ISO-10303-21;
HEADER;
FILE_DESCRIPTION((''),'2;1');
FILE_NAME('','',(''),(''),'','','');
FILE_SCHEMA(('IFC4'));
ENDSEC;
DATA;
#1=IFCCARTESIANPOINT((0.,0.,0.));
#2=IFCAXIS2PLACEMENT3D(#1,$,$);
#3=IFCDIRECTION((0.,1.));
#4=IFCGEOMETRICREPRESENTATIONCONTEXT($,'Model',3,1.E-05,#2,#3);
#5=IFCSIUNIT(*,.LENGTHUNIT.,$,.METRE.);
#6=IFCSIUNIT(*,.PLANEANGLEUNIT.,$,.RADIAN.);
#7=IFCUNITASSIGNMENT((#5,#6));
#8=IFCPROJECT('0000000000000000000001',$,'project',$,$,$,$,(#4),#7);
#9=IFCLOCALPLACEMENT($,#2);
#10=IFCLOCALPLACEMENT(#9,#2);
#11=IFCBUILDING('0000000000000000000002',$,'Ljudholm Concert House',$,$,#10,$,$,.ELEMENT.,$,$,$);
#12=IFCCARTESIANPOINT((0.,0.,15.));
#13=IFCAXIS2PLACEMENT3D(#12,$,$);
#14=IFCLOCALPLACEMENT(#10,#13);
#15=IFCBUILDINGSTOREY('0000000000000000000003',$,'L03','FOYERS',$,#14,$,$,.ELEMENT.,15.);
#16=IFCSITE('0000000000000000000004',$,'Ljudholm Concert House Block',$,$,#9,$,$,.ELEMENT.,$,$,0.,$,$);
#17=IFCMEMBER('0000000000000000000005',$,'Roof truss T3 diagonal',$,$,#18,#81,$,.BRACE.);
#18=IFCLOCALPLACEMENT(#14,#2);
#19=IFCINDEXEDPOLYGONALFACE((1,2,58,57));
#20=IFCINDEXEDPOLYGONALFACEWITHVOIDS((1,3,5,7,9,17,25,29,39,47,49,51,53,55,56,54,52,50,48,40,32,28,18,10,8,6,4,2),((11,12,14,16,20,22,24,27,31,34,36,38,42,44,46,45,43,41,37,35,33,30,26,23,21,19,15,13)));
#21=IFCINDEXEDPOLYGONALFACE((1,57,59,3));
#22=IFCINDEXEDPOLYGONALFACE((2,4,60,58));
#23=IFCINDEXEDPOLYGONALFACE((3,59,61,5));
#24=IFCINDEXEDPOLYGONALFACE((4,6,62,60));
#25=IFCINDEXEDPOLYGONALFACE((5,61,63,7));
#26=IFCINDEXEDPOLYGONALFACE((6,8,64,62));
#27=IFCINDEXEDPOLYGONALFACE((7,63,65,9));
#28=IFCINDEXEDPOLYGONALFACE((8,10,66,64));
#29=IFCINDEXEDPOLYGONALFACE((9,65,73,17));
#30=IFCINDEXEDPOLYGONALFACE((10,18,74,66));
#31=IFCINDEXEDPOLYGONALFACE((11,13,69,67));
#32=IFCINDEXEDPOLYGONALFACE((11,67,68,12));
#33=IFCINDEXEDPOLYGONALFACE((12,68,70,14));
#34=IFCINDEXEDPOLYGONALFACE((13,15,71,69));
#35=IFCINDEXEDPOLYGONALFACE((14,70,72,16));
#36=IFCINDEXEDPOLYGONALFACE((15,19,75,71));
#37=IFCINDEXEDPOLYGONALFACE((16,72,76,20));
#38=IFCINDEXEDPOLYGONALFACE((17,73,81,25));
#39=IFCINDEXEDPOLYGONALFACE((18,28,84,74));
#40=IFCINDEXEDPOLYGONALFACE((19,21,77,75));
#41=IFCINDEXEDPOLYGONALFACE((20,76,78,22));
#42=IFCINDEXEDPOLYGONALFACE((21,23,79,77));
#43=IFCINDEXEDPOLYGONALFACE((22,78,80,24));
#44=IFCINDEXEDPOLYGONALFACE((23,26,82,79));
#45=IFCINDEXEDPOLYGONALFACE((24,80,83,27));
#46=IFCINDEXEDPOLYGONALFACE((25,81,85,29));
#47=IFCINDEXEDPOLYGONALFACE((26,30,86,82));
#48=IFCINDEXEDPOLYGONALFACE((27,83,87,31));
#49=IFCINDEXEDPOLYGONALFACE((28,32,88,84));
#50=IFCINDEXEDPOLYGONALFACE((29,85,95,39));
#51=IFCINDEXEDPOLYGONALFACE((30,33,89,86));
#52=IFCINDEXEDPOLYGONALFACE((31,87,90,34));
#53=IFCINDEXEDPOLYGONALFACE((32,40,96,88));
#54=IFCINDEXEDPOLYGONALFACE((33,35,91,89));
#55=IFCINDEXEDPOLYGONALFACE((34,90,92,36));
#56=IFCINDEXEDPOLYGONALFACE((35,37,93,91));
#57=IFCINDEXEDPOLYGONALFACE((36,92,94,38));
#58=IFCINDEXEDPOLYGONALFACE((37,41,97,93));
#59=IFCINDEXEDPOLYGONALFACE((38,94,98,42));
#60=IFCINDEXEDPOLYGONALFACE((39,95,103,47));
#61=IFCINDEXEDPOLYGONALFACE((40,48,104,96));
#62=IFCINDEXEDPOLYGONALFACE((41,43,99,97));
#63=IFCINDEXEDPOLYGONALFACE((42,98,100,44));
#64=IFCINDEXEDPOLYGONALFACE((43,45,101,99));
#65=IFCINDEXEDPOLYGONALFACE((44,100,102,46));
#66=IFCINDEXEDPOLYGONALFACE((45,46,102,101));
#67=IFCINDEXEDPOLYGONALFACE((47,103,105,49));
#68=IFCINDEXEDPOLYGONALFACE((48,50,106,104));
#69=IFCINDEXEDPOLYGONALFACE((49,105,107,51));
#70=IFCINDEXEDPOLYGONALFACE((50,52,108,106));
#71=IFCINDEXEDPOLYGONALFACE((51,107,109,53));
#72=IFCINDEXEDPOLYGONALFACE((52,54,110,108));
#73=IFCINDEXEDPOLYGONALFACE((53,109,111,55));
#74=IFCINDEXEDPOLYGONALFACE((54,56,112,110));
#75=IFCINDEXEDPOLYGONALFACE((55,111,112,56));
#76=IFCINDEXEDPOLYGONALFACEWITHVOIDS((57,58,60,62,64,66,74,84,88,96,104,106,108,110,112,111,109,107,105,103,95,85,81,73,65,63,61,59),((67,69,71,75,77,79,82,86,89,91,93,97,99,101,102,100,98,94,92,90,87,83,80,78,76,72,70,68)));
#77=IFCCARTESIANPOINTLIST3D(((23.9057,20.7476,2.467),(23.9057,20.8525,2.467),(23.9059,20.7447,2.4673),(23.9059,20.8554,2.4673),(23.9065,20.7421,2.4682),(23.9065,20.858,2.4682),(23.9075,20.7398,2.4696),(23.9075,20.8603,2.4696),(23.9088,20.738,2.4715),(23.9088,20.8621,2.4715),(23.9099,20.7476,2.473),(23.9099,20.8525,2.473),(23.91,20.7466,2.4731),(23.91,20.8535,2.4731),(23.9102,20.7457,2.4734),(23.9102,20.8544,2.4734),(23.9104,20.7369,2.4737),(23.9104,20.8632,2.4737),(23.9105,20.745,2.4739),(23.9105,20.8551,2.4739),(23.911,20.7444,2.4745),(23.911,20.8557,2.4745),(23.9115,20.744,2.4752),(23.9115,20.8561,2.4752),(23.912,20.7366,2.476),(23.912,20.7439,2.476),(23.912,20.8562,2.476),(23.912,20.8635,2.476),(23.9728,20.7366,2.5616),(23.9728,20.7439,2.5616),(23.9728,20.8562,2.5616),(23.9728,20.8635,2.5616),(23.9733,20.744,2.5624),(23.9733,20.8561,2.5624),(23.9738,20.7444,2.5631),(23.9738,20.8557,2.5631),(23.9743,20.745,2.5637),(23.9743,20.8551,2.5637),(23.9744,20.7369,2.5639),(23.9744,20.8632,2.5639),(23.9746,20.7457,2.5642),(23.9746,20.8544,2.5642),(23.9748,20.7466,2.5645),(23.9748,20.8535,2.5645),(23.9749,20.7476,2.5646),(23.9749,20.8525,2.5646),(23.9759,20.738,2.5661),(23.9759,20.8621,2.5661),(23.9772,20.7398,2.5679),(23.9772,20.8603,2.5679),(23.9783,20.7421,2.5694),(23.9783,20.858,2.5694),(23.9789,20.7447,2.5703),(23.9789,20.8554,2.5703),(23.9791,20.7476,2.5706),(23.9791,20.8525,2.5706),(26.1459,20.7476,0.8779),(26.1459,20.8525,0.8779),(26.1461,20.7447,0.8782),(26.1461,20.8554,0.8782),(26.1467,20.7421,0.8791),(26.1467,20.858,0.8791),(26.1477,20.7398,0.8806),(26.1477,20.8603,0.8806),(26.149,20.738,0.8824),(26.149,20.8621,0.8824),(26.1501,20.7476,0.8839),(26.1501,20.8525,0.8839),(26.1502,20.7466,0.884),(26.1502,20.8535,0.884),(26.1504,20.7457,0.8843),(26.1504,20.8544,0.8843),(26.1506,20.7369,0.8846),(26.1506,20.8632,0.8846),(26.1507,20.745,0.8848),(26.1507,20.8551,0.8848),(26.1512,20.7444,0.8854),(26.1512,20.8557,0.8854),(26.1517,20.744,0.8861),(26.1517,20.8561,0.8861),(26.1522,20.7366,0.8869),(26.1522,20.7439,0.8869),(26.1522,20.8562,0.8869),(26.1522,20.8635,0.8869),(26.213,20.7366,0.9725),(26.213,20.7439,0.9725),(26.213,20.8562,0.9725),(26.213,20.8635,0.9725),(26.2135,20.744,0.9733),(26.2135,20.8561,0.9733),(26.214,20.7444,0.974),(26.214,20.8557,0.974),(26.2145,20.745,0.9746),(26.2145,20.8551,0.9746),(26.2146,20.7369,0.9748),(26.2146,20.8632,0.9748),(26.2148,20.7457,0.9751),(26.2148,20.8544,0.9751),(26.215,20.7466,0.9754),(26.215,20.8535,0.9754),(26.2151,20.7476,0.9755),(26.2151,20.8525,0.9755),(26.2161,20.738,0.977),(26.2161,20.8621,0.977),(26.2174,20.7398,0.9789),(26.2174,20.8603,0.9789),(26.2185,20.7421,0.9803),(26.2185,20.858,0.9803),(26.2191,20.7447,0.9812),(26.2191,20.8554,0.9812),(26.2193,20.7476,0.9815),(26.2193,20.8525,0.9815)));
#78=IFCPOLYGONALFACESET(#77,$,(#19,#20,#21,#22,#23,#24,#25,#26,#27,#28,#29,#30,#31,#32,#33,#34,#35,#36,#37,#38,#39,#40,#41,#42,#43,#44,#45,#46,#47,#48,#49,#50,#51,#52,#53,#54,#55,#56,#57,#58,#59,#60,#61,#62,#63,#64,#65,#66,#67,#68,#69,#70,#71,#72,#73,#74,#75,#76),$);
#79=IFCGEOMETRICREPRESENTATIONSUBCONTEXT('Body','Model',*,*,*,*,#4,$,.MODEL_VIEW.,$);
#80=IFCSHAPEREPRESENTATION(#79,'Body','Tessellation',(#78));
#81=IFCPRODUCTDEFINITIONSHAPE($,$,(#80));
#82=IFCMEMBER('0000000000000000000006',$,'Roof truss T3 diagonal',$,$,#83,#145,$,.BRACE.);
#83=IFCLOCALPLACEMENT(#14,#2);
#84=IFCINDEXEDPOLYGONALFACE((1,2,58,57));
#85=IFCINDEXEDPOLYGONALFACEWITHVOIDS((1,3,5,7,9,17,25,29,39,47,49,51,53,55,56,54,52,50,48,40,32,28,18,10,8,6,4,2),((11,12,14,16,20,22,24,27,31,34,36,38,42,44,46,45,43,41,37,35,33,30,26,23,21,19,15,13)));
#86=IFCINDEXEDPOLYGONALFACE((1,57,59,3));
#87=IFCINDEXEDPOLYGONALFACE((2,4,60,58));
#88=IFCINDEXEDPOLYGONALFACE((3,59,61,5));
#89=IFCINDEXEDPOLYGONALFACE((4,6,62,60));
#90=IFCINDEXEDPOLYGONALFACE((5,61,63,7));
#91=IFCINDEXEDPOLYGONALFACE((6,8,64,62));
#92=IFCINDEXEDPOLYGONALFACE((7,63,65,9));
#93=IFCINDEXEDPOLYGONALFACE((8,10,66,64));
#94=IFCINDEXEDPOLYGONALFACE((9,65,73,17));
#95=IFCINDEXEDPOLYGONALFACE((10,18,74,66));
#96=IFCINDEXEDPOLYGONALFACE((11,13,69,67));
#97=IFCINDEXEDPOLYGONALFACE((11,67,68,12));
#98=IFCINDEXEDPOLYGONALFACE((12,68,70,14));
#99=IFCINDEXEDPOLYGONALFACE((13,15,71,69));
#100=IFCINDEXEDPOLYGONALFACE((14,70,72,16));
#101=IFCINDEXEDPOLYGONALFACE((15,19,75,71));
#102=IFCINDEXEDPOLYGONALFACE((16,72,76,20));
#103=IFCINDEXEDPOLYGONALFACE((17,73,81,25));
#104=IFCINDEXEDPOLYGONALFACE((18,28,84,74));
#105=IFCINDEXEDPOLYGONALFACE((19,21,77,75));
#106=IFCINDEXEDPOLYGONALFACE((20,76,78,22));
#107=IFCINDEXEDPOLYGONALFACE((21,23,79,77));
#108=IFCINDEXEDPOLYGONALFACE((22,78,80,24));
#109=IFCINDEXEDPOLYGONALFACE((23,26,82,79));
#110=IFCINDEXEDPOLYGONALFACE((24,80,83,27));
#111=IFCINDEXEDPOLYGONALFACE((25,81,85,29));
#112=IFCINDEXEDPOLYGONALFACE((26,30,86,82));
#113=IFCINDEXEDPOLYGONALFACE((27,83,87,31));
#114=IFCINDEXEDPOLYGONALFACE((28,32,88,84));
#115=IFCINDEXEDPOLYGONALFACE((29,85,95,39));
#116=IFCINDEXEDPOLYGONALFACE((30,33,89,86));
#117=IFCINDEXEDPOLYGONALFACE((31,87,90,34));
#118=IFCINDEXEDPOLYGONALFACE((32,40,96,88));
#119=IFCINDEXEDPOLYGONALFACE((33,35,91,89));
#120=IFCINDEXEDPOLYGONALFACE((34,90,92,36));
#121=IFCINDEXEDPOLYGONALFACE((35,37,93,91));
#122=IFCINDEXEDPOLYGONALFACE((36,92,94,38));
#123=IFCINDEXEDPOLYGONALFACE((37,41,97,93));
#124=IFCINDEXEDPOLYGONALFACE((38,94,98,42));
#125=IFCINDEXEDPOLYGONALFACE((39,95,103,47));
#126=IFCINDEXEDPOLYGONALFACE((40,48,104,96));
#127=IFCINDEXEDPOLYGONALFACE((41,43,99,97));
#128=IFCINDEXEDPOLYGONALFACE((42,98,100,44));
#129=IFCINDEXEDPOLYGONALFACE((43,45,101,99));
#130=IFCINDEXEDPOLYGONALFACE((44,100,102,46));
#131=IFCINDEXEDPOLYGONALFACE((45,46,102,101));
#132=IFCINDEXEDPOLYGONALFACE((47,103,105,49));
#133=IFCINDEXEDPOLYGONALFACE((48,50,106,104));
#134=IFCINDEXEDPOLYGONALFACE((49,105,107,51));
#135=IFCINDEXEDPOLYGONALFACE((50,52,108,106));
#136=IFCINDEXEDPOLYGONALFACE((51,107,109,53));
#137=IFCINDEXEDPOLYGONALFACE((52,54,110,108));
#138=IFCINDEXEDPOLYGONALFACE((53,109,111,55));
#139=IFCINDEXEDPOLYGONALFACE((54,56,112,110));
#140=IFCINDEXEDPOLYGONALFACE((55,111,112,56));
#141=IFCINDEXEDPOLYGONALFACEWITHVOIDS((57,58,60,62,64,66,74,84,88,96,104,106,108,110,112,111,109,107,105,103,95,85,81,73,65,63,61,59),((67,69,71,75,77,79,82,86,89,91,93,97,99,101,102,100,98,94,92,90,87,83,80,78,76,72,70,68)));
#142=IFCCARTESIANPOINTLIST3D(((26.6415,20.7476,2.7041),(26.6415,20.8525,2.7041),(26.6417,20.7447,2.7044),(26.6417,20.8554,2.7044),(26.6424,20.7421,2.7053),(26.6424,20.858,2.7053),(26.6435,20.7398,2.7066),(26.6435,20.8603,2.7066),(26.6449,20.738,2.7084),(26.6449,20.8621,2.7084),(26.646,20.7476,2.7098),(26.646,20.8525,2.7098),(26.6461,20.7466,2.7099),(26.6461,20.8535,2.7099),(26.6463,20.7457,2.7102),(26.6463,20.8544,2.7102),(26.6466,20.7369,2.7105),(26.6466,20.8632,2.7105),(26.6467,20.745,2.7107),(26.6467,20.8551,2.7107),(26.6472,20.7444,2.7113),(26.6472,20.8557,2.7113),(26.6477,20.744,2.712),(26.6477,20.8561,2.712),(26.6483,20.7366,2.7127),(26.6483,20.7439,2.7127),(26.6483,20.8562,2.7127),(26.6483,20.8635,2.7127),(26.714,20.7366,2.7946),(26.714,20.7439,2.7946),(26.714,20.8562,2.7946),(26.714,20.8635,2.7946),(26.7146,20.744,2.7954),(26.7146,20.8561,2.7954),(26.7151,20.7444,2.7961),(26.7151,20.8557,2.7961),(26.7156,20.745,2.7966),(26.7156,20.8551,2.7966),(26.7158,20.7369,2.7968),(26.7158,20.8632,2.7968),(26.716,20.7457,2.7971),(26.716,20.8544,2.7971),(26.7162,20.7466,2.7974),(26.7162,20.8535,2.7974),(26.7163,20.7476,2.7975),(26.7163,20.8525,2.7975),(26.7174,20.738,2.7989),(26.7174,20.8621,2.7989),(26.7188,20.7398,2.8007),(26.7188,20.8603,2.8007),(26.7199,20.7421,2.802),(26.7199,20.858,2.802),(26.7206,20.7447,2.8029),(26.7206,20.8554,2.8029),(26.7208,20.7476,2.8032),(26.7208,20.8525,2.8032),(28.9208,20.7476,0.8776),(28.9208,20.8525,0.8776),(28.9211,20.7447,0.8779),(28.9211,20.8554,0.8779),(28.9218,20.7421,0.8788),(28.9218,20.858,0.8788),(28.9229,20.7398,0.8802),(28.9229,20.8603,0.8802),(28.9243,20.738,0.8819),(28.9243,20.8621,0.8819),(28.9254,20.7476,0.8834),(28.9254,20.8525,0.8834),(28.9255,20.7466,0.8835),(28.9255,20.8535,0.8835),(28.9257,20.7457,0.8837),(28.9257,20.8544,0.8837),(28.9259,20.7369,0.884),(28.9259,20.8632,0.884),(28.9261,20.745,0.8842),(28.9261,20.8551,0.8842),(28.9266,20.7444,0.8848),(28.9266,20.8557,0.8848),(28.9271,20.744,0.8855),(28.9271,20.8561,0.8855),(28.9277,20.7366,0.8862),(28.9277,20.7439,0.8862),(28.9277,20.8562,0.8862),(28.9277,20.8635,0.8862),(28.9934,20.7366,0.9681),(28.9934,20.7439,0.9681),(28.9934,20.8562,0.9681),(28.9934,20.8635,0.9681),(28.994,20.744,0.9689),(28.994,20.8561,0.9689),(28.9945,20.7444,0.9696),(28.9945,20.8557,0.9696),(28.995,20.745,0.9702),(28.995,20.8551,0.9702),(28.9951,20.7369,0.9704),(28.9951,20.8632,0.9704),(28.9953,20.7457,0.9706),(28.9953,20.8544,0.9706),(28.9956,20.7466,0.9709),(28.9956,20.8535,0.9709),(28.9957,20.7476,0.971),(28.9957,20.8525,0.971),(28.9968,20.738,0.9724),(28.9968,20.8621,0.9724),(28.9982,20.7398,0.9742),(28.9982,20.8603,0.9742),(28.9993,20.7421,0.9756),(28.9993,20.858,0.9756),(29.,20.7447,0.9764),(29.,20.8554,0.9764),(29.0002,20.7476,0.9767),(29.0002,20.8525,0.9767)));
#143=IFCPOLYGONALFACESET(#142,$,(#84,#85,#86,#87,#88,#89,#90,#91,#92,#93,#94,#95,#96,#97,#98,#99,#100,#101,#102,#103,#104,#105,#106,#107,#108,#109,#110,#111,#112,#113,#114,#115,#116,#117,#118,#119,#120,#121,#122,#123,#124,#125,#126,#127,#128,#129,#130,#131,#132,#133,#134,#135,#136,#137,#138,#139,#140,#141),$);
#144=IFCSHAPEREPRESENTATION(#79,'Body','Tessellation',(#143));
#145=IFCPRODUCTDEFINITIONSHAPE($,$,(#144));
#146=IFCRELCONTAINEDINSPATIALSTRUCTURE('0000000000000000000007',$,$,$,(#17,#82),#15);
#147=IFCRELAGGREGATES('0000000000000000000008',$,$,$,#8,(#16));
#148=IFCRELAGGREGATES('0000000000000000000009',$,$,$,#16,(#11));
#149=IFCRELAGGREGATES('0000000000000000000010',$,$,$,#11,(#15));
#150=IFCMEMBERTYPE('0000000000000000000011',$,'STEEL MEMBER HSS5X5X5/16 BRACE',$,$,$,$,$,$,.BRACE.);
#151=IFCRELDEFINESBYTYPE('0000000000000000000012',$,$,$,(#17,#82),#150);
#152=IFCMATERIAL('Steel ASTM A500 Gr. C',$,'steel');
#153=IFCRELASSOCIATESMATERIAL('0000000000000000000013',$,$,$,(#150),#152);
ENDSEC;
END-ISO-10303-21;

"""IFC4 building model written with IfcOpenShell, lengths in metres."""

from ifc_helpers import new_model, si_unit, direction, frame, origin, origin_2d, place, context, subcontext, project, spatial, hollow_rectangle, extrude, material, material_profile, profile_set, type_object, element, save


model = new_model("IFC4")

# Units and contexts
model_context = context("Model", 3, precision=1e-05, world=origin(), true_north=direction((0.0, 1.0)))
body_context = subcontext(model_context, "Body", "Model", "MODEL_VIEW")
ifc_project = project(units=[si_unit("LENGTHUNIT", "METRE"), si_unit("PLANEANGLEUNIT", "RADIAN")], contexts=[model_context])

# Site, building, storey
site_placement = place(None, origin())
site = spatial("IfcSite", under=ifc_project, at=site_placement, Name="Ljudholm Concert House Block", CompositionType="ELEMENT", RefElevation=0.0)
building_placement = place(site_placement, origin())
building = spatial("IfcBuilding", under=site, at=building_placement, Name="Ljudholm Concert House", CompositionType="ELEMENT")
storey_placement = place(building_placement, frame((0.0, 0.0, 15.0)))
storey = spatial("IfcBuildingStorey", under=building, at=storey_placement, Name="L03", Description="FOYERS", CompositionType="ELEMENT", Elevation=15.0)

# Members
ifc_material_1 = material(Name="Steel ASTM A500 Gr. C", Category="steel")
ifc_material_profile_1 = material_profile(ifc_material_1, hollow_rectangle(XDim=0.127, YDim=0.127, WallThickness=0.0073, InnerFilletRadius=0.0037, OuterFilletRadius=0.011, at=origin_2d()), Name="HSS5X5X5/16")
ifc_profile_set_1 = profile_set([ifc_material_profile_1], Name="Steel ASTM A500 Gr. C")
member_type_1 = type_object("IfcMemberType", Name="STEEL MEMBER HSS5X5X5/16 BRACE", PredefinedType="BRACE", material=ifc_profile_set_1)
member_1_placement = place(storey_placement, frame((23.9424, 20.8, 2.5188), z_axis=(0.815633, 0.0, -0.57857), x_axis=(0.0, 1.0, 0.0)))
element("IfcMember", 1, at=member_1_placement, inside=storey, type_object=member_type_1, Name="Roof truss T3 diagonal", PredefinedType="BRACE", context=body_context, shape_type="SweptSolid", body=[
    extrude(hollow_rectangle(XDim=0.127, YDim=0.127, WallThickness=0.0073, InnerFilletRadius=0.0037, OuterFilletRadius=0.011, at=origin_2d()), origin(), (0.0, 0.0, 1.0), 2.7466),
])
member_2_placement = place(storey_placement, frame((26.6812, 20.8, 2.7537), z_axis=(0.780371, 0.0, -0.625317), x_axis=(0.0, 1.0, 0.0)))
element("IfcMember", 2, at=member_2_placement, inside=storey, type_object=member_type_1, Name="Roof truss T3 diagonal", PredefinedType="BRACE", context=body_context, shape_type="SweptSolid", body=[
    extrude(hollow_rectangle(XDim=0.127, YDim=0.127, WallThickness=0.0073, InnerFilletRadius=0.0037, OuterFilletRadius=0.011, at=origin_2d()), origin(), (0.0, 0.0, 1.0), 2.9209),
])

save(model, "model.ifc")
